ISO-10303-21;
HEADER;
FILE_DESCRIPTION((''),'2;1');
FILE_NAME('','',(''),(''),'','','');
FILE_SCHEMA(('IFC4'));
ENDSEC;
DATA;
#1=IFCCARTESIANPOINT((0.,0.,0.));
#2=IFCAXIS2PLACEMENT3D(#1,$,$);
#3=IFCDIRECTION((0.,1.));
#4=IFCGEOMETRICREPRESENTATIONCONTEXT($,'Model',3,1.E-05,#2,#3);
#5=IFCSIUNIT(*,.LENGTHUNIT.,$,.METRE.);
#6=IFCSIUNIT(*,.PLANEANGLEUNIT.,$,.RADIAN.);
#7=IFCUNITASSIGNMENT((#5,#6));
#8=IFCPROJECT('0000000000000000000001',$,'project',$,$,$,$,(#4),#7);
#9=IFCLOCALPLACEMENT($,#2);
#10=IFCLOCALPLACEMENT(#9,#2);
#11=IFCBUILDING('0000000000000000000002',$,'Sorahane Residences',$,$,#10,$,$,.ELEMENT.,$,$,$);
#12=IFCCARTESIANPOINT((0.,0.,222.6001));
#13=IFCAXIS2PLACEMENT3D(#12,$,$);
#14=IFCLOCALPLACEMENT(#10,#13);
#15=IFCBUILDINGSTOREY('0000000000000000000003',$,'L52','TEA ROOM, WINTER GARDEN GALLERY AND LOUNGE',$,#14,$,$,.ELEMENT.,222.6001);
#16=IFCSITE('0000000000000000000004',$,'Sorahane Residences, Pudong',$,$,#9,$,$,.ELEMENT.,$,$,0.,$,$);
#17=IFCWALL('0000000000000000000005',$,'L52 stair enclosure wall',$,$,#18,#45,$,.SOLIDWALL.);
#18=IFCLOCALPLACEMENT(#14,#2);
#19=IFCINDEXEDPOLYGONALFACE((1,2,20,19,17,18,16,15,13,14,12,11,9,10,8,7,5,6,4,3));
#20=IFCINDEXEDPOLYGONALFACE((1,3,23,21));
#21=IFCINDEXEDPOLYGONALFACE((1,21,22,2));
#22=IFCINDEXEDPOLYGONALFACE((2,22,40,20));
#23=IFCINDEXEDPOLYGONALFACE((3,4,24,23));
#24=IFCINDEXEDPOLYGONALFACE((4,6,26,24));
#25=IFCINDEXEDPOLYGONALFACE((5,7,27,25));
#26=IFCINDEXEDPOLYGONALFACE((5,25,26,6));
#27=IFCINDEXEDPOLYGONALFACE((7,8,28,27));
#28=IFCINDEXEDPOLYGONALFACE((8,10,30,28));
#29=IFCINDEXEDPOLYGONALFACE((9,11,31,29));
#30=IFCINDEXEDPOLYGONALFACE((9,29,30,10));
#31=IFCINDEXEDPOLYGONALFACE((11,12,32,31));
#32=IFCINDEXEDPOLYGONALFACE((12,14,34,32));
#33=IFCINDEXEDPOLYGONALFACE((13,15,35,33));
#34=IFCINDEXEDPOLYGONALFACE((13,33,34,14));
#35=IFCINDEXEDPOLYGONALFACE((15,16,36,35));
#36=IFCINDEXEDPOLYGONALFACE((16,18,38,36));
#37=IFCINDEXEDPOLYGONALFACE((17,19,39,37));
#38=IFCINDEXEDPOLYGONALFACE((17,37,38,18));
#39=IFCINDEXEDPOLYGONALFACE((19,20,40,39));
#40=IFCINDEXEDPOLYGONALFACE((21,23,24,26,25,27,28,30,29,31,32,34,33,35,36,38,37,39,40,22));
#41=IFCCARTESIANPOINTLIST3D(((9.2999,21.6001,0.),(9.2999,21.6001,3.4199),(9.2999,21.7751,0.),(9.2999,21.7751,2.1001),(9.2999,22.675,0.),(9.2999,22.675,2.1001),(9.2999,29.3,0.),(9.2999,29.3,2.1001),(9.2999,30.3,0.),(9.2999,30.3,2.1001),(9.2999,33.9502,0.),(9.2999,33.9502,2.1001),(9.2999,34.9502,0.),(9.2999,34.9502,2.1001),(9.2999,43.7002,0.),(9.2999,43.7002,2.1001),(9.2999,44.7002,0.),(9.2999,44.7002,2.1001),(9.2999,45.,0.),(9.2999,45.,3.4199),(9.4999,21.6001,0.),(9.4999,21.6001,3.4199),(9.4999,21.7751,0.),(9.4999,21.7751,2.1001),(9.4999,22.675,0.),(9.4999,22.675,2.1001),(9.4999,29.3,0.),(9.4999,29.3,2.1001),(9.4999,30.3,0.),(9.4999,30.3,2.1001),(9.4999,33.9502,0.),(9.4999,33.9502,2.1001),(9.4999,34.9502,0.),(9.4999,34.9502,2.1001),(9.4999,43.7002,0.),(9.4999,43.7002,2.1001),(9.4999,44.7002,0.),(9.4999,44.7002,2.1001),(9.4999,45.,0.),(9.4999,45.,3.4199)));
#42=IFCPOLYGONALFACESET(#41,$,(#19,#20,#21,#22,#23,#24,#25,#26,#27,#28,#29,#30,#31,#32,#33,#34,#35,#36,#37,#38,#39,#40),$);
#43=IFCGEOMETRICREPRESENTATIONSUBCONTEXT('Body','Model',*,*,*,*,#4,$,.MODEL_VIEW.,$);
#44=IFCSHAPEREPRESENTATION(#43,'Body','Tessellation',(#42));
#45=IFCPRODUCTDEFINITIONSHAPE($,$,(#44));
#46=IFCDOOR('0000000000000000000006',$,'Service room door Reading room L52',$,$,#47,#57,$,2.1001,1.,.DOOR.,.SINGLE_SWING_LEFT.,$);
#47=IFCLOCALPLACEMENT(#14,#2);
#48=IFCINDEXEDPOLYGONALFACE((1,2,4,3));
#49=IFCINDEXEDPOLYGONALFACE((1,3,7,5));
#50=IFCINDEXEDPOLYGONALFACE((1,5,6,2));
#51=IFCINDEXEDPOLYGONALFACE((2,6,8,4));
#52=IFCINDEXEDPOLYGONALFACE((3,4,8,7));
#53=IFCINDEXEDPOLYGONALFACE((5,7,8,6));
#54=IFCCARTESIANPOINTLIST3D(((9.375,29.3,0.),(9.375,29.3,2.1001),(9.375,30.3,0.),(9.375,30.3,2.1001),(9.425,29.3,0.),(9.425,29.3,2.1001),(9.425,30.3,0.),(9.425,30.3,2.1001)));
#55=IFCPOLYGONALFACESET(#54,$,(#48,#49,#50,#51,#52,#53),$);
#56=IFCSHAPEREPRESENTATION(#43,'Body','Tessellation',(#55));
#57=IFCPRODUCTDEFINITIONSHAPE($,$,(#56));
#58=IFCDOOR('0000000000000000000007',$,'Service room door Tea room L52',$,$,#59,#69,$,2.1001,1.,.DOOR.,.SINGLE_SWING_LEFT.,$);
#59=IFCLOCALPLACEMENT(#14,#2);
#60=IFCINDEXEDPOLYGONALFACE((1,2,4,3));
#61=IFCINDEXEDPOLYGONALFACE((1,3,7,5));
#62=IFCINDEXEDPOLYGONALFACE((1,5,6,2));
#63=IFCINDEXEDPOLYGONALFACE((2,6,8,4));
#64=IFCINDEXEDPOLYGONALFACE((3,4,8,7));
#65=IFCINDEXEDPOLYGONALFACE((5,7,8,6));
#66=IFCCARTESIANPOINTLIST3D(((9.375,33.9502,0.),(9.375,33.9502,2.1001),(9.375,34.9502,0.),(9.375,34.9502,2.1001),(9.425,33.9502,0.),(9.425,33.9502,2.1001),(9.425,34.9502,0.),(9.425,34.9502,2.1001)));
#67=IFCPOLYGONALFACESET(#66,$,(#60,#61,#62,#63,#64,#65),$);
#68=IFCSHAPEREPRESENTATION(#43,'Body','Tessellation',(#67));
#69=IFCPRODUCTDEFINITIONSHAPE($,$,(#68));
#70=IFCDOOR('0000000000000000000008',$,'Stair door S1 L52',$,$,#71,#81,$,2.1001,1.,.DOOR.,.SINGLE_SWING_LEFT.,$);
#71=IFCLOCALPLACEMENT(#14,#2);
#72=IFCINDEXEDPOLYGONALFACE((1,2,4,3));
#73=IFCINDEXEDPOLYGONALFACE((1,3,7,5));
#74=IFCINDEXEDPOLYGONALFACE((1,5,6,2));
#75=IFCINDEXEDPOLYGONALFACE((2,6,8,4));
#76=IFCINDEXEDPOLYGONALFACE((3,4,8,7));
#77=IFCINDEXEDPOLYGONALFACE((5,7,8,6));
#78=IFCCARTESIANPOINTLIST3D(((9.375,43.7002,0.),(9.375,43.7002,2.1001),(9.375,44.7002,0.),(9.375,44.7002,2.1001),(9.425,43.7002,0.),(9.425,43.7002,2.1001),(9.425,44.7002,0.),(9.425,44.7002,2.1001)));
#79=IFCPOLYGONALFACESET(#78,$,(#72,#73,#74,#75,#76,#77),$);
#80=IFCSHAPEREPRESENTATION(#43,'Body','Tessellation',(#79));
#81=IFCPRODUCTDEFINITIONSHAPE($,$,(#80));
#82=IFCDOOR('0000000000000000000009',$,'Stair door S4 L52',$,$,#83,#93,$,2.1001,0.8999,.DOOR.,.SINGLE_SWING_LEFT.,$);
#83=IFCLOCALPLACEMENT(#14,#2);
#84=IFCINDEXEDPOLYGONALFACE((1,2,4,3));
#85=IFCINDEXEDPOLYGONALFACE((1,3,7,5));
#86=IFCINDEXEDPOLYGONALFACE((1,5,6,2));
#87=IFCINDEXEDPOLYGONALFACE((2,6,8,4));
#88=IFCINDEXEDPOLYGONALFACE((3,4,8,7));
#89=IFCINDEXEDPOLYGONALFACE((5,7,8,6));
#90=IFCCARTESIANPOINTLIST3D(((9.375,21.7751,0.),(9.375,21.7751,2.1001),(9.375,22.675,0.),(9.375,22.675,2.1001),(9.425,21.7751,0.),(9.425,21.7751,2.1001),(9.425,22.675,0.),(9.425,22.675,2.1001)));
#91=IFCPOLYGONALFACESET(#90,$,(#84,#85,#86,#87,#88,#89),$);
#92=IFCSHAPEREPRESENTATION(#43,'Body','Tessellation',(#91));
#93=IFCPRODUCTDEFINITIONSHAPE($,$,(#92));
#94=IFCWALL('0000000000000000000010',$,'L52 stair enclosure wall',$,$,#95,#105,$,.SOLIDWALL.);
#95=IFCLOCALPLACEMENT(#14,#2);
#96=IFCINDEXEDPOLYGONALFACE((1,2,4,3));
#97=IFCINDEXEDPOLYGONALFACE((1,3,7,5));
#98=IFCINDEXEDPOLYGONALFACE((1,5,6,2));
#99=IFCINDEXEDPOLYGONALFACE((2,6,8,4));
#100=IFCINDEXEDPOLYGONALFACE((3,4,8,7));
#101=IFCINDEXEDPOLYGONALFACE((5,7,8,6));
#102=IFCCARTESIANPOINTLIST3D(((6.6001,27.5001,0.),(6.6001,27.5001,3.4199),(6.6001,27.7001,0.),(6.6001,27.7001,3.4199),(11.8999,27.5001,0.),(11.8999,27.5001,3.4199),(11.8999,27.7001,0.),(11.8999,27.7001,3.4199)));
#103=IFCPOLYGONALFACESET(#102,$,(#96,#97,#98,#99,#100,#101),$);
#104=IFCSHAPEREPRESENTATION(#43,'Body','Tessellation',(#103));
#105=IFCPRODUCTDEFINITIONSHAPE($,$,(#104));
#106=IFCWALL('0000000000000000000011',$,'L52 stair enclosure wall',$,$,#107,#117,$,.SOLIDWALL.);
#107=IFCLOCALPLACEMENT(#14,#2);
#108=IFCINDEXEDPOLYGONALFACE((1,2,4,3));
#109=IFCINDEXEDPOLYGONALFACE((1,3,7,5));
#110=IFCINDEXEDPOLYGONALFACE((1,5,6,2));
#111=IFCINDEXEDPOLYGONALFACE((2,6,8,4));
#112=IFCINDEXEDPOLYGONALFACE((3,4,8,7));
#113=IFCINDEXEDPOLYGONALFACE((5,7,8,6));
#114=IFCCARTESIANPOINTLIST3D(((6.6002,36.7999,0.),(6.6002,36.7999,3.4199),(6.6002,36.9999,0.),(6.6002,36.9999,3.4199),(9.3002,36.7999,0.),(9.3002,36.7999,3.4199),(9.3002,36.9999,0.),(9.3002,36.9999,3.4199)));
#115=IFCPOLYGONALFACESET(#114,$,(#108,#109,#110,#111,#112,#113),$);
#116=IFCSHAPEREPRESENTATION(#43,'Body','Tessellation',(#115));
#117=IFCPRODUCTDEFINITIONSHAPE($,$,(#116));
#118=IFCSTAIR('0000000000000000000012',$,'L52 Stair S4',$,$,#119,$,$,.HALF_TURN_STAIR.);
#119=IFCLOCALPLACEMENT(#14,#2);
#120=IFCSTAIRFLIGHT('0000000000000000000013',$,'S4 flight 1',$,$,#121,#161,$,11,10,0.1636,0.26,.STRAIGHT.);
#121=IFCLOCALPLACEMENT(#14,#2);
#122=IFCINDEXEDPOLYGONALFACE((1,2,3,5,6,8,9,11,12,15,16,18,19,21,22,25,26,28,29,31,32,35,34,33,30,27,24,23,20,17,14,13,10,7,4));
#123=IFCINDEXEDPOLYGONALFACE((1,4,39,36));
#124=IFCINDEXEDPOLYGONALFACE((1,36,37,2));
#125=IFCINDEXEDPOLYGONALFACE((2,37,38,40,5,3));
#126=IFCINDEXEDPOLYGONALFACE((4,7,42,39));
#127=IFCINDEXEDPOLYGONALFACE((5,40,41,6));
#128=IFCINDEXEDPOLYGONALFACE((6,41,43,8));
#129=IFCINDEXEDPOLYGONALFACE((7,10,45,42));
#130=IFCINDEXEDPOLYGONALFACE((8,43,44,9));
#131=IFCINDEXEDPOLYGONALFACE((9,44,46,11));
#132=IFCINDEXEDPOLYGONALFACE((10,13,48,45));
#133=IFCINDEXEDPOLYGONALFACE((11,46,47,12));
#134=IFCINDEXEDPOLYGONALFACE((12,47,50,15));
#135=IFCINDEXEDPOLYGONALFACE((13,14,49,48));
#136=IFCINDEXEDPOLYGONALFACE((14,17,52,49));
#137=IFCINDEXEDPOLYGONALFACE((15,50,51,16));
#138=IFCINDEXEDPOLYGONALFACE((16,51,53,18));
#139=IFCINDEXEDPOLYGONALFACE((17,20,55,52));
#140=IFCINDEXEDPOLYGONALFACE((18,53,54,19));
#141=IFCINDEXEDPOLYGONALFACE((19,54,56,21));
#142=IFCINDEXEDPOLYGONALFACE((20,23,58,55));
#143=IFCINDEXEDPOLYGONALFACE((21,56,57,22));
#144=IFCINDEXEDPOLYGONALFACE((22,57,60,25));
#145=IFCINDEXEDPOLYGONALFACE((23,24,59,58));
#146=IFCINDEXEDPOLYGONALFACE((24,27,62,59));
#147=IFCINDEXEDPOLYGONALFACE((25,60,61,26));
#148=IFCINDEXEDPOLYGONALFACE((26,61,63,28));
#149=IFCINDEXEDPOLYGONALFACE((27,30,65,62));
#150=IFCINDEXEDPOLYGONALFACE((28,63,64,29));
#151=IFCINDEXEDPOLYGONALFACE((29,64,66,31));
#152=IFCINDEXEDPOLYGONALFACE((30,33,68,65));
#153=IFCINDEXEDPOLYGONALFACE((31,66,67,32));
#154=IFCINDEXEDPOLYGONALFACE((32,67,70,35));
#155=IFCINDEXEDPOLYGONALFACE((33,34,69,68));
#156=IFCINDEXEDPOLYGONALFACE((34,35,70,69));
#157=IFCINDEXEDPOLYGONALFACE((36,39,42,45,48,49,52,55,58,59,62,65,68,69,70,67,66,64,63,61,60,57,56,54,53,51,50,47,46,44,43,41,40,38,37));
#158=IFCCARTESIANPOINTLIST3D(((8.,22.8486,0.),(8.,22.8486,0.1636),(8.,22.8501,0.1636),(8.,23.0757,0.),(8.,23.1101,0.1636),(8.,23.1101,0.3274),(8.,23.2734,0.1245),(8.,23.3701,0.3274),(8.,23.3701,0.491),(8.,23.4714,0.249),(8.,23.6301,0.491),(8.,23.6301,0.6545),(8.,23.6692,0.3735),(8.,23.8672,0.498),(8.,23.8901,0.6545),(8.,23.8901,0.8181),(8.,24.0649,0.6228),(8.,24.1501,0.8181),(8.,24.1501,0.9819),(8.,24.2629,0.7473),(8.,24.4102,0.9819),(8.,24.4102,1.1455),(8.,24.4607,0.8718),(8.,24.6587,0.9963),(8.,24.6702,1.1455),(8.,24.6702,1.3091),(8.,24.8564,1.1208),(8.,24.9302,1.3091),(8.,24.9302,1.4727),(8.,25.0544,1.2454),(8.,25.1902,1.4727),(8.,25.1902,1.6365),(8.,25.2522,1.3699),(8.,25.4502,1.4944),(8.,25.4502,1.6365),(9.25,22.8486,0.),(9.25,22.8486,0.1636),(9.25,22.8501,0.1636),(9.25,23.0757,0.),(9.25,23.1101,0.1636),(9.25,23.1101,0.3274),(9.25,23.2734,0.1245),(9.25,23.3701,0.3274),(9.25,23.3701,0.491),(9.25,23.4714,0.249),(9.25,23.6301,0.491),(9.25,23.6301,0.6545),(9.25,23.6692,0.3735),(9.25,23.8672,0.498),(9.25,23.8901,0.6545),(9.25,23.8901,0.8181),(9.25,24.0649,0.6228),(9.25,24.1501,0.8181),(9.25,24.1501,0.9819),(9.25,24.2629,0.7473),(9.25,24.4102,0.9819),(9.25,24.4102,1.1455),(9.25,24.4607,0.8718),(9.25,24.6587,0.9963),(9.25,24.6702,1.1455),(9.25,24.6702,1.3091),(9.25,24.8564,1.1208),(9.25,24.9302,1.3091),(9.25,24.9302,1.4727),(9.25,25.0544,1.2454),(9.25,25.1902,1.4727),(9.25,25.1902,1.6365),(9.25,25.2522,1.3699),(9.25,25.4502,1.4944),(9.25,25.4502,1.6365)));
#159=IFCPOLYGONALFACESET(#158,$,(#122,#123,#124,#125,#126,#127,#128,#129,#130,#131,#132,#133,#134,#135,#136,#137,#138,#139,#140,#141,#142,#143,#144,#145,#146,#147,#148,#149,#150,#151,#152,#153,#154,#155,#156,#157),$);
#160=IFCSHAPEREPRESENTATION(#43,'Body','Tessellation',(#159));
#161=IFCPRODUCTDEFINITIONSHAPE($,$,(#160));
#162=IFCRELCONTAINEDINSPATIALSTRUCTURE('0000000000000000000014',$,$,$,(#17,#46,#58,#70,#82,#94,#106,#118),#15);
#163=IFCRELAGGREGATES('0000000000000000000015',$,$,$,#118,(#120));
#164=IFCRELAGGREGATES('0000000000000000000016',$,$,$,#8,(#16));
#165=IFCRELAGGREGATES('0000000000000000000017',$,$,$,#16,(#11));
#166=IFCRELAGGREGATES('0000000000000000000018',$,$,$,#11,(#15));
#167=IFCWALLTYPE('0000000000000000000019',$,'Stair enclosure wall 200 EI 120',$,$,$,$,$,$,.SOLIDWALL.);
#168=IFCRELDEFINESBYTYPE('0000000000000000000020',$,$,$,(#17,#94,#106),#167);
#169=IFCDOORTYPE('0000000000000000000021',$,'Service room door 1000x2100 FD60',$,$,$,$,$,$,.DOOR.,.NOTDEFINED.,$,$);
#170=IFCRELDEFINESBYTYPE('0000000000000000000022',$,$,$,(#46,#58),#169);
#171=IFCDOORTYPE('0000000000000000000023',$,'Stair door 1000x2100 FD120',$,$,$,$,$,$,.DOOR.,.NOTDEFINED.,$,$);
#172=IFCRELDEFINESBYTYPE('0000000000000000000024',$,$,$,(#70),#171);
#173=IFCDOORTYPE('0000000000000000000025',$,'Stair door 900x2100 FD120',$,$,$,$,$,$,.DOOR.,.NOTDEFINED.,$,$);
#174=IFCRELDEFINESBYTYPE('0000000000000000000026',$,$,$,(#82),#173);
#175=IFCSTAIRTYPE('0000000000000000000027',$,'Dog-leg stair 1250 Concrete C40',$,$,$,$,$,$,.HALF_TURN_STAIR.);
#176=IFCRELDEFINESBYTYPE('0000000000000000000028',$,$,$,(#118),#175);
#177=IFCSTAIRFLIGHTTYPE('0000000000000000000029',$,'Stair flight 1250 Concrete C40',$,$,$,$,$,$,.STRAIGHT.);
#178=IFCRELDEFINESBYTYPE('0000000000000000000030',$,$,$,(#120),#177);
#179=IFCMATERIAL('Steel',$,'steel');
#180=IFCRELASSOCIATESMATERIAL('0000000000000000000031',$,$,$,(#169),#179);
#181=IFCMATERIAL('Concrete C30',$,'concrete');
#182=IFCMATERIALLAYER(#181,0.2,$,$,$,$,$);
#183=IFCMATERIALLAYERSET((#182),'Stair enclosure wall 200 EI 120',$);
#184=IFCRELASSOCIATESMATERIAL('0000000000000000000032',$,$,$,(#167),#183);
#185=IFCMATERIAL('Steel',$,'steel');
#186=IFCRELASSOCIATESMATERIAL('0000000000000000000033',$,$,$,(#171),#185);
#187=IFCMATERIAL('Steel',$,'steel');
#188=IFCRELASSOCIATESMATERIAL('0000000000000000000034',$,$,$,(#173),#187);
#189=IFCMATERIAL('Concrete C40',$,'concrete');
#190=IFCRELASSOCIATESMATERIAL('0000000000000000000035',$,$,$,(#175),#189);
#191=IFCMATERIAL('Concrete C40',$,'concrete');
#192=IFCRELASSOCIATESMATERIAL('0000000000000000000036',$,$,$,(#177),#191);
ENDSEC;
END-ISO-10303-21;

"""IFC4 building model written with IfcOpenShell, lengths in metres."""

from ifc_helpers import new_model, si_unit, direction, frame, frame_2d, origin, place, context, subcontext, project, spatial, polyline, rectangle, outline, extrude, material, layer, layer_set, type_object, element, fill, aggregate, save


model = new_model("IFC4")

# Units and contexts
model_context = context("Model", 3, precision=1e-05, world=origin(), true_north=direction((0.0, 1.0)))
body_context = subcontext(model_context, "Body", "Model", "MODEL_VIEW")
ifc_project = project(units=[si_unit("LENGTHUNIT", "METRE"), si_unit("PLANEANGLEUNIT", "RADIAN")], contexts=[model_context])

# Site, building, storey
site_placement = place(None, origin())
site = spatial("IfcSite", under=ifc_project, at=site_placement, Name="Sorahane Residences, Pudong", CompositionType="ELEMENT", RefElevation=0.0)
building_placement = place(site_placement, origin())
building = spatial("IfcBuilding", under=site, at=building_placement, Name="Sorahane Residences", CompositionType="ELEMENT")
storey_placement = place(building_placement, frame((0.0, 0.0, 222.6001)))
storey = spatial("IfcBuildingStorey", under=building, at=storey_placement, Name="L52", Description="TEA ROOM, WINTER GARDEN GALLERY AND LOUNGE", CompositionType="ELEMENT", Elevation=222.6001)

# Shared definitions
ifc_material_1 = material(Name="Steel", Category="steel")
door_type_1 = type_object("IfcDoorType", Name="Service room door 1000x2100 FD60", OperationType="NOTDEFINED", PredefinedType="DOOR", material=ifc_material_1)

# Wall, openings, doors
ifc_material_2 = material(Name="Concrete C30", Category="concrete")
ifc_layer_1 = layer(ifc_material_2, 0.2)
ifc_layer_set_1 = layer_set([ifc_layer_1], Name="Stair enclosure wall 200 EI 120")
wall_type_1 = type_object("IfcWallType", Name="Stair enclosure wall 200 EI 120", PredefinedType="SOLIDWALL", material=ifc_layer_set_1)
wall_1_placement = place(storey_placement, frame((9.3999, 21.6001, 0.0), z_axis=(0.0, 0.0, 1.0), x_axis=(0.0, 1.0, 0.0)))
wall_1 = element("IfcWall", 1, at=wall_1_placement, inside=storey, type_object=wall_type_1, Name="L52 stair enclosure wall", PredefinedType="SOLIDWALL", context=body_context, shape_type="SweptSolid", body=[
    extrude(rectangle(XDim=23.3999, YDim=0.2, at=frame_2d((11.7, 0.0))), origin(), (0.0, 0.0, 1.0), 3.4199),
])
opening_1_placement = place(wall_1_placement, frame((7.7, 0.0, 0.0)))
opening_1 = element("IfcOpeningElement", 2, at=opening_1_placement, cuts=wall_1, PredefinedType="OPENING", context=body_context, shape_type="SweptSolid", body=[
    extrude(rectangle(XDim=1.0, YDim=2.1001, at=frame_2d((0.5, 1.05))), frame((0.0, 0.1099, 0.0), z_axis=(0.0, -1.0, 0.0), x_axis=(1.0, 0.0, 0.0)), (0.0, 0.0, 1.0), 0.22),
])
opening_2_placement = place(wall_1_placement, frame((12.3501, 0.0, 0.0)))
opening_2 = element("IfcOpeningElement", 3, at=opening_2_placement, cuts=wall_1, PredefinedType="OPENING", context=body_context, shape_type="SweptSolid", body=[
    extrude(rectangle(XDim=1.0, YDim=2.1001, at=frame_2d((0.5, 1.05))), frame((0.0, 0.1099, 0.0), z_axis=(0.0, -1.0, 0.0), x_axis=(1.0, 0.0, 0.0)), (0.0, 0.0, 1.0), 0.22),
])
opening_3_placement = place(wall_1_placement, frame((22.1001, 0.0, 0.0)))
opening_3 = element("IfcOpeningElement", 4, at=opening_3_placement, cuts=wall_1, PredefinedType="OPENING", context=body_context, shape_type="SweptSolid", body=[
    extrude(rectangle(XDim=1.0, YDim=2.1001, at=frame_2d((0.5, 1.05))), frame((0.0, 0.1099, 0.0), z_axis=(0.0, -1.0, 0.0), x_axis=(1.0, 0.0, 0.0)), (0.0, 0.0, 1.0), 0.22),
])
opening_4_placement = place(wall_1_placement, frame((0.175, 0.0, 0.0)))
opening_4 = element("IfcOpeningElement", 5, at=opening_4_placement, cuts=wall_1, PredefinedType="OPENING", context=body_context, shape_type="SweptSolid", body=[
    extrude(rectangle(XDim=0.8999, YDim=2.1001, at=frame_2d((0.45, 1.05))), frame((0.0, 0.1099, 0.0), z_axis=(0.0, -1.0, 0.0), x_axis=(1.0, 0.0, 0.0)), (0.0, 0.0, 1.0), 0.22),
])
door_1_placement = place(opening_1_placement, origin())
door_1 = element("IfcDoor", 6, at=door_1_placement, inside=storey, type_object=door_type_1, Name="Service room door Reading room L52", OperationType="SINGLE_SWING_LEFT", OverallHeight=2.1001, OverallWidth=1.0, PredefinedType="DOOR", context=body_context, shape_type="SweptSolid", body=[
    extrude(rectangle(XDim=1.0, YDim=2.1001, at=frame_2d((0.5, 1.05))), frame((0.0, 0.0249, 0.0), z_axis=(0.0, -1.0, 0.0), x_axis=(1.0, 0.0, 0.0)), (0.0, 0.0, 1.0), 0.05),
])
fill(opening_1, door_1)
door_2_placement = place(opening_2_placement, origin())
door_2 = element("IfcDoor", 7, at=door_2_placement, inside=storey, type_object=door_type_1, Name="Service room door Tea room L52", OperationType="SINGLE_SWING_LEFT", OverallHeight=2.1001, OverallWidth=1.0, PredefinedType="DOOR", context=body_context, shape_type="SweptSolid", body=[
    extrude(rectangle(XDim=1.0, YDim=2.1001, at=frame_2d((0.5, 1.05))), frame((0.0, 0.0249, 0.0), z_axis=(0.0, -1.0, 0.0), x_axis=(1.0, 0.0, 0.0)), (0.0, 0.0, 1.0), 0.05),
])
fill(opening_2, door_2)
ifc_material_3 = material(Name="Steel", Category="steel")
door_type_2 = type_object("IfcDoorType", Name="Stair door 1000x2100 FD120", OperationType="NOTDEFINED", PredefinedType="DOOR", material=ifc_material_3)
door_3_placement = place(opening_3_placement, origin())
door_3 = element("IfcDoor", 8, at=door_3_placement, inside=storey, type_object=door_type_2, Name="Stair door S1 L52", OperationType="SINGLE_SWING_LEFT", OverallHeight=2.1001, OverallWidth=1.0, PredefinedType="DOOR", context=body_context, shape_type="SweptSolid", body=[
    extrude(rectangle(XDim=1.0, YDim=2.1001, at=frame_2d((0.5, 1.05))), frame((0.0, 0.0249, 0.0), z_axis=(0.0, -1.0, 0.0), x_axis=(1.0, 0.0, 0.0)), (0.0, 0.0, 1.0), 0.05),
])
fill(opening_3, door_3)
ifc_material_4 = material(Name="Steel", Category="steel")
door_type_3 = type_object("IfcDoorType", Name="Stair door 900x2100 FD120", OperationType="NOTDEFINED", PredefinedType="DOOR", material=ifc_material_4)
door_4_placement = place(opening_4_placement, origin())
door_4 = element("IfcDoor", 9, at=door_4_placement, inside=storey, type_object=door_type_3, Name="Stair door S4 L52", OperationType="SINGLE_SWING_LEFT", OverallHeight=2.1001, OverallWidth=0.8999, PredefinedType="DOOR", context=body_context, shape_type="SweptSolid", body=[
    extrude(rectangle(XDim=0.8999, YDim=2.1001, at=frame_2d((0.45, 1.05))), frame((0.0, 0.0249, 0.0), z_axis=(0.0, -1.0, 0.0), x_axis=(1.0, 0.0, 0.0)), (0.0, 0.0, 1.0), 0.05),
])
fill(opening_4, door_4)

# Walls
wall_2_placement = place(storey_placement, frame((6.6001, 27.6001, 0.0), z_axis=(0.0, 0.0, 1.0), x_axis=(1.0, 0.0, 0.0)))
element("IfcWall", 10, at=wall_2_placement, inside=storey, type_object=wall_type_1, Name="L52 stair enclosure wall", PredefinedType="SOLIDWALL", context=body_context, shape_type="SweptSolid", body=[
    extrude(rectangle(XDim=5.2998, YDim=0.2, at=frame_2d((2.6499, 0.0))), origin(), (0.0, 0.0, 1.0), 3.4199),
])
wall_3_placement = place(storey_placement, frame((6.6001, 36.8999, 0.0), z_axis=(0.0, 0.0, 1.0), x_axis=(1.0, 0.0, 0.0)))
element("IfcWall", 11, at=wall_3_placement, inside=storey, type_object=wall_type_1, Name="L52 stair enclosure wall", PredefinedType="SOLIDWALL", context=body_context, shape_type="SweptSolid", body=[
    extrude(rectangle(XDim=2.7, YDim=0.2, at=frame_2d((1.3501, 0.0))), origin(), (0.0, 0.0, 1.0), 3.4199),
])

# Stair, stair flight
ifc_material_5 = material(Name="Concrete C40", Category="concrete")
stair_type = type_object("IfcStairType", Name="Dog-leg stair 1250 Concrete C40", PredefinedType="HALF_TURN_STAIR", material=ifc_material_5)
stair_placement = place(storey_placement, origin())
stair = element("IfcStair", 12, at=stair_placement, inside=storey, type_object=stair_type, Name="L52 Stair S4", PredefinedType="HALF_TURN_STAIR")
ifc_material_6 = material(Name="Concrete C40", Category="concrete")
stair_flight_type = type_object("IfcStairFlightType", Name="Stair flight 1250 Concrete C40", PredefinedType="STRAIGHT", material=ifc_material_6)
stair_flight_1_placement = place(storey_placement, frame((8.625, 22.8501, 0.0), z_axis=(0.0, 0.0, 1.0), x_axis=(0.0, 1.0, 0.0)))
stair_flight_1 = element("IfcStairFlight", 13, at=stair_flight_1_placement, type_object=stair_flight_type, Name="S4 flight 1", NumberOfRisers=11, NumberOfTreads=10, PredefinedType="STRAIGHT", RiserHeight=0.1636, TreadLength=0.26, context=body_context, shape_type="SweptSolid", body=[
    extrude(outline(polyline([(-0.0015, 0.0), (-0.0015, 0.1636), (0.0, 0.1636), (0.26, 0.1636), (0.26, 0.3274), (0.52, 0.3274), (0.52, 0.491), (0.78, 0.491), (0.78, 0.6545), (1.04, 0.6545), (1.04, 0.8181), (1.3, 0.8181), (1.3, 0.9819), (1.5601, 0.9819), (1.5601, 1.1455), (1.8201, 1.1455), (1.8201, 1.3091), (2.0801, 1.3091), (2.0801, 1.4727), (2.3401, 1.4727), (2.3401, 1.6365), (2.6001, 1.6365), (2.6001, 1.8), (2.6001, 1.4944), (2.4021, 1.3699), (2.2043, 1.2454), (2.0063, 1.1208), (1.8086, 0.9963), (1.6106, 0.8718), (1.4128, 0.7473), (1.2148, 0.6228), (1.0171, 0.498), (0.8191, 0.3735), (0.6213, 0.249), (0.4233, 0.1245), (0.2256, 0.0), (-0.0015, 0.0)])), frame((0.0, 0.625, 0.0), z_axis=(0.0, -1.0, 0.0), x_axis=(1.0, 0.0, 0.0)), (0.0, 0.0, 1.0), 1.25),
])
aggregate(stair, [stair_flight_1])

save(model, "model.ifc")
